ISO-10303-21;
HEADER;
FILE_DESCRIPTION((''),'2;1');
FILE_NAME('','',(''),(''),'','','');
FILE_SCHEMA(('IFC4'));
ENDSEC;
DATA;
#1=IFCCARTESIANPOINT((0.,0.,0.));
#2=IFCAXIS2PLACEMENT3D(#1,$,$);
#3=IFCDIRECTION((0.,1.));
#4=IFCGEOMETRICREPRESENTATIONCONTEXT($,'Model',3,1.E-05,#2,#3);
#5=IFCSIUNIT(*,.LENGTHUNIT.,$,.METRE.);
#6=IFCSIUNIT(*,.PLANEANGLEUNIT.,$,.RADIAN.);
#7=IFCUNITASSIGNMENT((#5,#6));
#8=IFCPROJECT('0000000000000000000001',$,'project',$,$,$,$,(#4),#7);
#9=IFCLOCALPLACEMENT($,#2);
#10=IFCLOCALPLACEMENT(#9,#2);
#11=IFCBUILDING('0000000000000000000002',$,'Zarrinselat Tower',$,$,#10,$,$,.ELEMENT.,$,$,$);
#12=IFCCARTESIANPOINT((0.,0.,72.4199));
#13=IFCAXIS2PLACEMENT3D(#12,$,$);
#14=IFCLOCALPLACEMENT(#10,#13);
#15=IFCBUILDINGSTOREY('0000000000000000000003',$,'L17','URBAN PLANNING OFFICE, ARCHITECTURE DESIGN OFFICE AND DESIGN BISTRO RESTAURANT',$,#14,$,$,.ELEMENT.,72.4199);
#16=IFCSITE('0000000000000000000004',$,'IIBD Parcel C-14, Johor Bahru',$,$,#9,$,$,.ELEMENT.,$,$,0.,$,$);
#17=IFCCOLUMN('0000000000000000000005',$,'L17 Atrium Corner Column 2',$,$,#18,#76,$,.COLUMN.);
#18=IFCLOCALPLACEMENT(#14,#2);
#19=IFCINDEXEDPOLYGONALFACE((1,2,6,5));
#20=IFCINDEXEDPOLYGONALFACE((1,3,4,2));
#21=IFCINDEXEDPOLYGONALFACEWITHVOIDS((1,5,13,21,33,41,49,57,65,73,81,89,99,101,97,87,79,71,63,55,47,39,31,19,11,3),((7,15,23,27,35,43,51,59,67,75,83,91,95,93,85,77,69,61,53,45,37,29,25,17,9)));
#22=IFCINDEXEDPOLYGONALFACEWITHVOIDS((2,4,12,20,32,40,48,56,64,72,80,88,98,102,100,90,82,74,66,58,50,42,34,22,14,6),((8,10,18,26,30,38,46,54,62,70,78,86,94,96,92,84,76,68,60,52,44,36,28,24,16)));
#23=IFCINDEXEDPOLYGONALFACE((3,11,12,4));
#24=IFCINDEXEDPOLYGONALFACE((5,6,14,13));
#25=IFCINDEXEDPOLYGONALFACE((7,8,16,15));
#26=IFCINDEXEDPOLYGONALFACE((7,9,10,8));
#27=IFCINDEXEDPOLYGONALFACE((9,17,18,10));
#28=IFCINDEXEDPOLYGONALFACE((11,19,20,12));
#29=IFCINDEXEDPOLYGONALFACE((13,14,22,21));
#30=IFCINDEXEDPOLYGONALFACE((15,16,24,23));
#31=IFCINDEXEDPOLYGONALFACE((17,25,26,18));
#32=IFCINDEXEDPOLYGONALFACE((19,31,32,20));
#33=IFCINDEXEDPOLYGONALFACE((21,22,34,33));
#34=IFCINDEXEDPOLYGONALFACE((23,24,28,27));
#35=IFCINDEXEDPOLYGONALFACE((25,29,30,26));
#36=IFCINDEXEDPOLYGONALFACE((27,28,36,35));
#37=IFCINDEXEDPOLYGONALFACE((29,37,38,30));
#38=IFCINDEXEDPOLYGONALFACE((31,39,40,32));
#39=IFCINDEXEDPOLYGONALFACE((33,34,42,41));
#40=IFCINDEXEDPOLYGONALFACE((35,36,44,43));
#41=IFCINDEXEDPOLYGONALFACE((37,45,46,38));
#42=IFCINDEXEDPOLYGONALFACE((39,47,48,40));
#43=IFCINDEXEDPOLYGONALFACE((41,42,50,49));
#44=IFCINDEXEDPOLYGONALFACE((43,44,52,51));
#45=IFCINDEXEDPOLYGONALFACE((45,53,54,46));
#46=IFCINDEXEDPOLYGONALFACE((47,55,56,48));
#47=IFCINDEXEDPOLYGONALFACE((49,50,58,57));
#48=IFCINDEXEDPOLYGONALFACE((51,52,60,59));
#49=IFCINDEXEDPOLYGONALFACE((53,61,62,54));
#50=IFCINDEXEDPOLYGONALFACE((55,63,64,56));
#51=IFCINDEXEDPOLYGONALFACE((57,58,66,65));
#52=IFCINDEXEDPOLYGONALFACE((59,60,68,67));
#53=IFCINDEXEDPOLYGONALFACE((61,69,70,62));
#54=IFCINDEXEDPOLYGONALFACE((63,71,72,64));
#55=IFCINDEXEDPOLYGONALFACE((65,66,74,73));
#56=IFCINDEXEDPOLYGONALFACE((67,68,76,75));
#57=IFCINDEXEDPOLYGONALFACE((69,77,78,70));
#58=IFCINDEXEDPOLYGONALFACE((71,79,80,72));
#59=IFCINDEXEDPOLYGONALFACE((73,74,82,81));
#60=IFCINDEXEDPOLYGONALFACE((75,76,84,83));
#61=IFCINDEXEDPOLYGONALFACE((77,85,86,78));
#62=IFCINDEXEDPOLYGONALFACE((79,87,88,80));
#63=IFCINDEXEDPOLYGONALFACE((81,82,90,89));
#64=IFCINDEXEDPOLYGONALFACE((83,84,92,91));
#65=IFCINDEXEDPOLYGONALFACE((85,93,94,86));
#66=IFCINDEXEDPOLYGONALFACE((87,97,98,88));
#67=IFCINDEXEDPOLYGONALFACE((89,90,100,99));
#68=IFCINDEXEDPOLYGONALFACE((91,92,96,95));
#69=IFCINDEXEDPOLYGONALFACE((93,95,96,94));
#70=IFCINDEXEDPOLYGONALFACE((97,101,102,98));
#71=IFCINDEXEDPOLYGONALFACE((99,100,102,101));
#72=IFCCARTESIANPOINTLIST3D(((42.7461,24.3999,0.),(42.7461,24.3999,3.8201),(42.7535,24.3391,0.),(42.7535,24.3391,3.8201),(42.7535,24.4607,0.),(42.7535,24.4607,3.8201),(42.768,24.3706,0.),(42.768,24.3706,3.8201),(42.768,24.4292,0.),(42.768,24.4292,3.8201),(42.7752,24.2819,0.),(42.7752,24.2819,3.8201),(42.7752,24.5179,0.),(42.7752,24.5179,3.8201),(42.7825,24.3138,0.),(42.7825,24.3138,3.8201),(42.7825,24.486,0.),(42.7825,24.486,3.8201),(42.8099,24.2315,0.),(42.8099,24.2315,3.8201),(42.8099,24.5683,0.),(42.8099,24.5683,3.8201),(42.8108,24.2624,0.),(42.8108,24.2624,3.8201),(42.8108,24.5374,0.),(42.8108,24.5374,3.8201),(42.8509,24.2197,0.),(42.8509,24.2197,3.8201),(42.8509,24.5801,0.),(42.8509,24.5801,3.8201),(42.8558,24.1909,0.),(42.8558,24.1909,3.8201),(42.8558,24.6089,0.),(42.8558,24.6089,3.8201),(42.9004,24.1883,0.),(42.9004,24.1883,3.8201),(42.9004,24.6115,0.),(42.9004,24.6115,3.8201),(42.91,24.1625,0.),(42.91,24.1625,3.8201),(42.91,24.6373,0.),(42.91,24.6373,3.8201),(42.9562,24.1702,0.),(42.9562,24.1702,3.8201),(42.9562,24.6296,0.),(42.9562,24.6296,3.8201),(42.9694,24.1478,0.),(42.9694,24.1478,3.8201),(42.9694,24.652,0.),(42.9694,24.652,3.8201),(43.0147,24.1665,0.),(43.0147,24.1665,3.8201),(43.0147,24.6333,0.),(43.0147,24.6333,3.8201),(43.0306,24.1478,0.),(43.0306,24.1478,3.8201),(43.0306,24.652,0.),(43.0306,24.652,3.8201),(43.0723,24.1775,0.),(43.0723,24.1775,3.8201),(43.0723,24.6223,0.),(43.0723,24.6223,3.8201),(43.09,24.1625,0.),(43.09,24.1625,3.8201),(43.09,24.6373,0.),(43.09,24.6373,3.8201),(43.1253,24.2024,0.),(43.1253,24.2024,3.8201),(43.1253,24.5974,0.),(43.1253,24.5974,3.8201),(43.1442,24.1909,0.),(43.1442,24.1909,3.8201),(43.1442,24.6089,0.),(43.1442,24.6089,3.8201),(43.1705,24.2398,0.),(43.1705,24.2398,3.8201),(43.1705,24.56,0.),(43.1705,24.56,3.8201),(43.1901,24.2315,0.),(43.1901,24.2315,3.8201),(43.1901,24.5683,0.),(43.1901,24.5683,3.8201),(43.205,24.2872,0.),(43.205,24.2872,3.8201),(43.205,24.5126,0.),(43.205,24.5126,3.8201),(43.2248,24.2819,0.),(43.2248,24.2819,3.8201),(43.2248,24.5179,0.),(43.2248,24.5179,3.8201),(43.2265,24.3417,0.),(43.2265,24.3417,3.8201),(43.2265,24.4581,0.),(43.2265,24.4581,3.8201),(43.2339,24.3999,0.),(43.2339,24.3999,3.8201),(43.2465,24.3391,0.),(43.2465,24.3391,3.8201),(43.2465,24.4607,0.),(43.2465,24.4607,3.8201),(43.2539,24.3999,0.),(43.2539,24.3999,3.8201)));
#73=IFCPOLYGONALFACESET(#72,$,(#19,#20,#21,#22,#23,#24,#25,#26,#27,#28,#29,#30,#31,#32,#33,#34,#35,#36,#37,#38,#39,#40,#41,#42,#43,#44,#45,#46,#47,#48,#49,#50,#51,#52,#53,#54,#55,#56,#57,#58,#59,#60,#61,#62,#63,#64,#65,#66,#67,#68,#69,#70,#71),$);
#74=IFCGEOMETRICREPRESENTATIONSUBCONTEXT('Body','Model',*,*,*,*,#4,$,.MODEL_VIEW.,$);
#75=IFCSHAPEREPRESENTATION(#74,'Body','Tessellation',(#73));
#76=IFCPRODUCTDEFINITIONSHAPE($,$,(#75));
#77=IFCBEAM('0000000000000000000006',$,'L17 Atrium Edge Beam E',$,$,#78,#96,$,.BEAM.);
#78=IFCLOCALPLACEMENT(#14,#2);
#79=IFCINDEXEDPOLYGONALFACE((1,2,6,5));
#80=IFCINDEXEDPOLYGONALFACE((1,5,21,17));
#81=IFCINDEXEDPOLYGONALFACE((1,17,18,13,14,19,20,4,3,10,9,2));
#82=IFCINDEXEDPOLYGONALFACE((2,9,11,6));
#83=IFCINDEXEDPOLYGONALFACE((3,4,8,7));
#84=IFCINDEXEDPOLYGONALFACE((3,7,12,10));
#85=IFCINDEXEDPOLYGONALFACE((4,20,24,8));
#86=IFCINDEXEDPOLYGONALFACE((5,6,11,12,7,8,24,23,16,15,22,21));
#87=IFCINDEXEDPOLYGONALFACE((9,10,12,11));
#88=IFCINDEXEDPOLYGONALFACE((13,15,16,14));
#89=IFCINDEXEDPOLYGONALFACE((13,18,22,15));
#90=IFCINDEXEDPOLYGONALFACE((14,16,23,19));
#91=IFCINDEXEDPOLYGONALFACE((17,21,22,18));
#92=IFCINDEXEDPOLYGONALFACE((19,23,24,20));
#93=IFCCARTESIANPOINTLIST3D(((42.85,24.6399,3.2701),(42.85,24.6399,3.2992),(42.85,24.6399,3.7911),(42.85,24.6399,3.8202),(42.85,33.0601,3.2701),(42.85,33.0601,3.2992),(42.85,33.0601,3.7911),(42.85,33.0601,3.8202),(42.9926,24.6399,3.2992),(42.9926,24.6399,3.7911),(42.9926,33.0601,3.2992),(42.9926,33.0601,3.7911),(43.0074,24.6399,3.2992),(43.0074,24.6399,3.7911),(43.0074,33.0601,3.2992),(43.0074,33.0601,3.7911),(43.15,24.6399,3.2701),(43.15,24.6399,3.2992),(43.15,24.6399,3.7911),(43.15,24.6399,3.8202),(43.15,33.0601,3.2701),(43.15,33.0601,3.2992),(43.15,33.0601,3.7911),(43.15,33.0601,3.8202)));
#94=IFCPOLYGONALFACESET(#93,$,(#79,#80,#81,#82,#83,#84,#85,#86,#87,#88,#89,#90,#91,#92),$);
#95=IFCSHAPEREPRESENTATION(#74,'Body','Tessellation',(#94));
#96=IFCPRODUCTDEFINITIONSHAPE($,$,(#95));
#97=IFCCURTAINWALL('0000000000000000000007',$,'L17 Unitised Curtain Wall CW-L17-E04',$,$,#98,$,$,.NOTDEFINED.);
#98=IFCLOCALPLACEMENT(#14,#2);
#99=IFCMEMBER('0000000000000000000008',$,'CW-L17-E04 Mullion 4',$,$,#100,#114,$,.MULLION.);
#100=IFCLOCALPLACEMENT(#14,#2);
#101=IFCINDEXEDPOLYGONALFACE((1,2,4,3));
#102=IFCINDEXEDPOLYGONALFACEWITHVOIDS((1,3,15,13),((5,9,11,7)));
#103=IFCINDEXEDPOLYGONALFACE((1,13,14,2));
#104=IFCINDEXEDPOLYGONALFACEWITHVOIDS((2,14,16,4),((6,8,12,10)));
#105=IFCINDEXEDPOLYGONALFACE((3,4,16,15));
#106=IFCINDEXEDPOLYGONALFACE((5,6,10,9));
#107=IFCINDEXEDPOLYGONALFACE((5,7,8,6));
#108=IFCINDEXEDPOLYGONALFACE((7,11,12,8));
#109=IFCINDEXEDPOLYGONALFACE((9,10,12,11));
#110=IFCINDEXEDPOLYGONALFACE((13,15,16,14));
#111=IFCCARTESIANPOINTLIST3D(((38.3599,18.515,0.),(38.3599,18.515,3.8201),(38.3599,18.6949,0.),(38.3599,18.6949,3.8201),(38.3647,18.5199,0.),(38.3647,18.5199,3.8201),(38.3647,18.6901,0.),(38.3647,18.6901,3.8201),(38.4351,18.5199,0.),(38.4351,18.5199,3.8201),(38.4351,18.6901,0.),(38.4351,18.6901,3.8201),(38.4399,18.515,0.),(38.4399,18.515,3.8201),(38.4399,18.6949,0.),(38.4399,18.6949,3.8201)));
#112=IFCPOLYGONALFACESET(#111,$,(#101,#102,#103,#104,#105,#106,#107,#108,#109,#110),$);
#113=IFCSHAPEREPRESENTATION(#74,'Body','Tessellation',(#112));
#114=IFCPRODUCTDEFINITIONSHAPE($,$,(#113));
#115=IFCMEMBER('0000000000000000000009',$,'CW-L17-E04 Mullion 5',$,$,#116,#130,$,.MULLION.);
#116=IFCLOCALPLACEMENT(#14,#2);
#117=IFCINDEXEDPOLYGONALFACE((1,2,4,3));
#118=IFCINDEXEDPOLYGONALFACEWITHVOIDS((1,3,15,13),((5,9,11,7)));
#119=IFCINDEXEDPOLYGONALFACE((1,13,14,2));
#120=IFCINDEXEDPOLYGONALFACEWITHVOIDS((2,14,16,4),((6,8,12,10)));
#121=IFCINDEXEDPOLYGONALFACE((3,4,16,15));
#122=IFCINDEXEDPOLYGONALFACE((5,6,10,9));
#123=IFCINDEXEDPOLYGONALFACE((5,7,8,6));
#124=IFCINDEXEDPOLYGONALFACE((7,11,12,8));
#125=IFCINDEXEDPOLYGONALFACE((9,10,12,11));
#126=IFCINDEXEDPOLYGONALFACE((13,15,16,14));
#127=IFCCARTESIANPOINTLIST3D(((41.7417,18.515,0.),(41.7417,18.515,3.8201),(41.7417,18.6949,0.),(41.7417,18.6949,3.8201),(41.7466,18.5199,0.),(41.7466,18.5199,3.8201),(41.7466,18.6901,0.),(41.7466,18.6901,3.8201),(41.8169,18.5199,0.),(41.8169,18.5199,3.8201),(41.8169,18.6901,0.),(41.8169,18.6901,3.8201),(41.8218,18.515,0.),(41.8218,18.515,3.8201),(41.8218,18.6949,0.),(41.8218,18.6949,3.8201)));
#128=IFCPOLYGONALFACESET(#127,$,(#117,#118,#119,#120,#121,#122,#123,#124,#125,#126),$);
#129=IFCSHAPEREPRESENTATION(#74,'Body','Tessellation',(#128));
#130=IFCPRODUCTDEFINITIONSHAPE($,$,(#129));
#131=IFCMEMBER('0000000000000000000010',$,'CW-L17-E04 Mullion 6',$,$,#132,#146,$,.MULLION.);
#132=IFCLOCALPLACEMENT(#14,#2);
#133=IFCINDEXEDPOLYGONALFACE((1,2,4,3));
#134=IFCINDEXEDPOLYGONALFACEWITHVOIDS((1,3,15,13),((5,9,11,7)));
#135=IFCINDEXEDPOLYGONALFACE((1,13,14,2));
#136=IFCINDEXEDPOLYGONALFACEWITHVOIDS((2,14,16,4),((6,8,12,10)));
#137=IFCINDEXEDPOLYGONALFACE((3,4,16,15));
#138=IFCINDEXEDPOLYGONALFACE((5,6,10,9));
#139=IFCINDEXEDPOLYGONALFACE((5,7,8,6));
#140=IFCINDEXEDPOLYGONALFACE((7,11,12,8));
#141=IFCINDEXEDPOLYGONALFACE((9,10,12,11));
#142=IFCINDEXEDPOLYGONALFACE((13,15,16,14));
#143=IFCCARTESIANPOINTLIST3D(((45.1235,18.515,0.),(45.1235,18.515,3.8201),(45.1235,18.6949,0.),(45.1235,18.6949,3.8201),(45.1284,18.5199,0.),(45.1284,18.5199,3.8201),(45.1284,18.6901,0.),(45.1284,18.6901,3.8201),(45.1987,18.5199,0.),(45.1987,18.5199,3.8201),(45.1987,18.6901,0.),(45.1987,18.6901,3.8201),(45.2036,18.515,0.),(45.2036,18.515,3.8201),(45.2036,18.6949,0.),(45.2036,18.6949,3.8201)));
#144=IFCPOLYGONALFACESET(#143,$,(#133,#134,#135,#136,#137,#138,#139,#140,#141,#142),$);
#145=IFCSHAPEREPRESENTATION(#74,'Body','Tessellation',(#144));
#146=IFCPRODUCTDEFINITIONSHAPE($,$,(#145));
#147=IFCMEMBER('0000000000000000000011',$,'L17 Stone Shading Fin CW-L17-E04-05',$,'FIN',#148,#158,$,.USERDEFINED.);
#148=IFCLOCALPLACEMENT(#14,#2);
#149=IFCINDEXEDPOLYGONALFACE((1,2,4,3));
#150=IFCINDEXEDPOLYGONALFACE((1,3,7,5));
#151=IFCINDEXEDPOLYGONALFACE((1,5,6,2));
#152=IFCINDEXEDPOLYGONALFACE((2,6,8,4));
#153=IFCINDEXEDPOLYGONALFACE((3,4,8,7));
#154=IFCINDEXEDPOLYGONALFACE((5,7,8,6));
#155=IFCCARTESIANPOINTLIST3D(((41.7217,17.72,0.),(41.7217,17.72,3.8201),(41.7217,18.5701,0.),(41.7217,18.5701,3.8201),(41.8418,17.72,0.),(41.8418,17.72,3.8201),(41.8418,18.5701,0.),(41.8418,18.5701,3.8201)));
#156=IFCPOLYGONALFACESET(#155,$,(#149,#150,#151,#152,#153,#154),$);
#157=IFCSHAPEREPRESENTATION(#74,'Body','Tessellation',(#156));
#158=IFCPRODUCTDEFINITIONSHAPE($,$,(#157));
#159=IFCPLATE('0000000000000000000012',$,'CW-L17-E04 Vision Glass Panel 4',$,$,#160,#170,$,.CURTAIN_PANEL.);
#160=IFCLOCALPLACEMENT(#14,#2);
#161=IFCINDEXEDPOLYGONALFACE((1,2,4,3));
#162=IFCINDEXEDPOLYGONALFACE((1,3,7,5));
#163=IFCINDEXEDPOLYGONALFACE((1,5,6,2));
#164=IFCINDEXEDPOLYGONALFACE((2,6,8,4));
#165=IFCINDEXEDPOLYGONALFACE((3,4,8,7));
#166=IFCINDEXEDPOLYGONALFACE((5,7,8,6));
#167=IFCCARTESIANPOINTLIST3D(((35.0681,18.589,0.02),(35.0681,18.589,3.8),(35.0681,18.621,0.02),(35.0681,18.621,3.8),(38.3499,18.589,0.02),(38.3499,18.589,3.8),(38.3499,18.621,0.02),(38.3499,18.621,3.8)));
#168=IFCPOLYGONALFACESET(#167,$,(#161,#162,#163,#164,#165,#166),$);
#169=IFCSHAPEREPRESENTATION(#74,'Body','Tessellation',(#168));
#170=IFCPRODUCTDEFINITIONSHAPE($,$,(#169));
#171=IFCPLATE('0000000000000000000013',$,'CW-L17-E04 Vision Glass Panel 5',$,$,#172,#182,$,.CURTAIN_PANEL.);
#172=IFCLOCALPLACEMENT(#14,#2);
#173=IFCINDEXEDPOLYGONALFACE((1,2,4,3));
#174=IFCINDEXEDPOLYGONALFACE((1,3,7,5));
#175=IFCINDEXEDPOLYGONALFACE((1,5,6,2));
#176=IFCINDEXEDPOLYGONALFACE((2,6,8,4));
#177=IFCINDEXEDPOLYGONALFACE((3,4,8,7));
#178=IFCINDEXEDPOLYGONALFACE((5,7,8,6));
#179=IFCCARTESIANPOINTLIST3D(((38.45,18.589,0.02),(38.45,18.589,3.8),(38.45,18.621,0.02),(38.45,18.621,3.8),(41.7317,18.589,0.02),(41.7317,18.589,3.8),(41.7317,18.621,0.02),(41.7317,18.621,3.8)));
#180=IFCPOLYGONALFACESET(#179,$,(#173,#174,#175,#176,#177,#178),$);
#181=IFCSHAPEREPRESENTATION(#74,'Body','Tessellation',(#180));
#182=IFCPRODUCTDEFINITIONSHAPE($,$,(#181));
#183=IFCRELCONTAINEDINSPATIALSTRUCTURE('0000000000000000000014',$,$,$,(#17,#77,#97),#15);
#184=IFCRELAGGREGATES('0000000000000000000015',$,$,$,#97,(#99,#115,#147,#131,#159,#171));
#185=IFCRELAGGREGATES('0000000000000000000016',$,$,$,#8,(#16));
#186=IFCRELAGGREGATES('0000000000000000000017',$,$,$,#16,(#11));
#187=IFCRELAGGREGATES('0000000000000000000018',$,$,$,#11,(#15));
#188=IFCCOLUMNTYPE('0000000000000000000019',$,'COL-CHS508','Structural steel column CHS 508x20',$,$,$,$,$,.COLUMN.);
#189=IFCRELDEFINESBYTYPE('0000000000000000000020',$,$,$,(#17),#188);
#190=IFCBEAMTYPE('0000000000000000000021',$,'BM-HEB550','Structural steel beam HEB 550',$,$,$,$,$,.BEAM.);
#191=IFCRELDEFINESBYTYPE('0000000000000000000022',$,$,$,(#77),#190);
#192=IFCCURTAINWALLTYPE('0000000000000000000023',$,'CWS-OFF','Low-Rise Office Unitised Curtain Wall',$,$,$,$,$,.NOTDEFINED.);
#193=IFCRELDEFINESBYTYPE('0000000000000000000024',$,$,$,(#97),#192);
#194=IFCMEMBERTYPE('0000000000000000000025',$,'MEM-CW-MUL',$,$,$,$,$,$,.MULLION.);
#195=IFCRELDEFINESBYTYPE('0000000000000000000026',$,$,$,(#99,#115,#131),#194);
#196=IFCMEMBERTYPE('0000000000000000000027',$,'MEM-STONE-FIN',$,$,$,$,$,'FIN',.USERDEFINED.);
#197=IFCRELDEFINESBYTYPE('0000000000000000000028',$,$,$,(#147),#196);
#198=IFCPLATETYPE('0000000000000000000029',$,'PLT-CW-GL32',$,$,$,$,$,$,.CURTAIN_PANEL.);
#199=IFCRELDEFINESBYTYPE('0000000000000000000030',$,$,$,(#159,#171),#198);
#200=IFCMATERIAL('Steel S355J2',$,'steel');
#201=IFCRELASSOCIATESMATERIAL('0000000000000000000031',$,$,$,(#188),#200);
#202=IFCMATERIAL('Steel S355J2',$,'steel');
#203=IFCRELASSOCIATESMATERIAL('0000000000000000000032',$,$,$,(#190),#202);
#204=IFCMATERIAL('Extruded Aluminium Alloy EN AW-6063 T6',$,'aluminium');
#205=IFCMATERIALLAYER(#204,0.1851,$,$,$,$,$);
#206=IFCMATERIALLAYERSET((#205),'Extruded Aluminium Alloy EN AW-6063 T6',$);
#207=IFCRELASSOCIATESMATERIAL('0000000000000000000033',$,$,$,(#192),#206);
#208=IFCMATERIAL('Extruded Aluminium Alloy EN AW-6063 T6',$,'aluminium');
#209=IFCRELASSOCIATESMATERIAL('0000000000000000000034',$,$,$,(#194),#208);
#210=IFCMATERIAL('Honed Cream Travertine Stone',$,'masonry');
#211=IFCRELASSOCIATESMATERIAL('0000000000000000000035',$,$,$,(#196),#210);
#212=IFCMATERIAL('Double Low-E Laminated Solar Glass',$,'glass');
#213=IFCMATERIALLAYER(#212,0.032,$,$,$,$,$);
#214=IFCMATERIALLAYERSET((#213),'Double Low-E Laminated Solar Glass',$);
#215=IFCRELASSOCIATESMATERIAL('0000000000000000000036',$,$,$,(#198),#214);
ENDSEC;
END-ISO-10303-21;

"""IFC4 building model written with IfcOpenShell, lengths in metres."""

from ifc_helpers import new_model, si_unit, direction, frame, origin, origin_2d, place, context, subcontext, project, spatial, rectangle, hollow_rectangle, hollow_circle, i_section, extrude, material, layer, layer_set, material_profile, profile_set, type_object, element, aggregate, save


model = new_model("IFC4")

# Units and contexts
model_context = context("Model", 3, precision=1e-05, world=origin(), true_north=direction((0.0, 1.0)))
body_context = subcontext(model_context, "Body", "Model", "MODEL_VIEW")
ifc_project = project(units=[si_unit("LENGTHUNIT", "METRE"), si_unit("PLANEANGLEUNIT", "RADIAN")], contexts=[model_context])

# Site, building, storey
site_placement = place(None, origin())
site = spatial("IfcSite", under=ifc_project, at=site_placement, Name="IIBD Parcel C-14, Johor Bahru", CompositionType="ELEMENT", RefElevation=0.0)
building_placement = place(site_placement, origin())
building = spatial("IfcBuilding", under=site, at=building_placement, Name="Zarrinselat Tower", CompositionType="ELEMENT")
storey_placement = place(building_placement, frame((0.0, 0.0, 72.4199)))
storey = spatial("IfcBuildingStorey", under=building, at=storey_placement, Name="L17", Description="URBAN PLANNING OFFICE, ARCHITECTURE DESIGN OFFICE AND DESIGN BISTRO RESTAURANT", CompositionType="ELEMENT", Elevation=72.4199)

# Column
ifc_material_1 = material(Name="Steel S355J2", Category="steel")
ifc_material_profile_1 = material_profile(ifc_material_1, hollow_circle(Radius=0.2539, WallThickness=0.02, at=origin_2d()), Name="CHS 508x20")
ifc_profile_set_1 = profile_set([ifc_material_profile_1], Name="Steel S355J2")
column_type = type_object("IfcColumnType", Name="COL-CHS508", Description="Structural steel column CHS 508x20", PredefinedType="COLUMN", material=ifc_profile_set_1)
column_placement = place(storey_placement, frame((43.0, 24.3999, 0.0), z_axis=(0.0, 0.0, 1.0), x_axis=(1.0, 0.0, 0.0)))
element("IfcColumn", 1, at=column_placement, inside=storey, type_object=column_type, Name="L17 Atrium Corner Column 2", PredefinedType="COLUMN", context=body_context, shape_type="SweptSolid", body=[
    extrude(hollow_circle(Radius=0.2539, WallThickness=0.02, at=origin_2d()), origin(), (0.0, 0.0, 1.0), 3.8201),
])

# Beam
ifc_material_2 = material(Name="Steel S355J2", Category="steel")
ifc_material_profile_2 = material_profile(ifc_material_2, i_section(OverallWidth=0.3, OverallDepth=0.55, WebThickness=0.0149, FlangeThickness=0.0291, at=origin_2d()), Name="HEB 550")
ifc_profile_set_2 = profile_set([ifc_material_profile_2], Name="Steel S355J2")
beam_type = type_object("IfcBeamType", Name="BM-HEB550", Description="Structural steel beam HEB 550", PredefinedType="BEAM", material=ifc_profile_set_2)
beam_placement = place(storey_placement, frame((43.0, 24.6399, 3.5452), z_axis=(0.0, 1.0, 0.0), x_axis=(-1.0, 0.0, 0.0)))
element("IfcBeam", 2, at=beam_placement, inside=storey, type_object=beam_type, Name="L17 Atrium Edge Beam E", PredefinedType="BEAM", context=body_context, shape_type="SweptSolid", body=[
    extrude(i_section(OverallWidth=0.3, OverallDepth=0.55, WebThickness=0.0149, FlangeThickness=0.0291, at=origin_2d()), origin(), (0.0, 0.0, 1.0), 8.4202),
])

# Curtain wall, members, plates
ifc_material_3 = material(Name="Extruded Aluminium Alloy EN AW-6063 T6", Category="aluminium")
ifc_layer_1 = layer(ifc_material_3, 0.1851)
ifc_layer_set_1 = layer_set([ifc_layer_1], Name="Extruded Aluminium Alloy EN AW-6063 T6")
curtain_wall_type = type_object("IfcCurtainWallType", Name="CWS-OFF", Description="Low-Rise Office Unitised Curtain Wall", PredefinedType="NOTDEFINED", material=ifc_layer_set_1)
curtain_wall_placement = place(storey_placement, origin())
curtain_wall = element("IfcCurtainWall", 3, at=curtain_wall_placement, inside=storey, type_object=curtain_wall_type, Name="L17 Unitised Curtain Wall CW-L17-E04", PredefinedType="NOTDEFINED")
ifc_material_4 = material(Name="Extruded Aluminium Alloy EN AW-6063 T6", Category="aluminium")
ifc_material_profile_3 = material_profile(ifc_material_4, hollow_rectangle(XDim=0.0801, YDim=0.1799, WallThickness=0.0049, at=origin_2d()), Name="RHS 180x80x5")
ifc_profile_set_3 = profile_set([ifc_material_profile_3], Name="Extruded Aluminium Alloy EN AW-6063 T6")
member_type_1 = type_object("IfcMemberType", Name="MEM-CW-MUL", PredefinedType="MULLION", material=ifc_profile_set_3)
member_1_placement = place(storey_placement, frame((38.3999, 18.605, 0.0), z_axis=(0.0, 0.0, 1.0), x_axis=(1.0, 0.0, 0.0)))
member_1 = element("IfcMember", 4, at=member_1_placement, type_object=member_type_1, Name="CW-L17-E04 Mullion 4", PredefinedType="MULLION", context=body_context, shape_type="SweptSolid", body=[
    extrude(hollow_rectangle(XDim=0.0801, YDim=0.1799, WallThickness=0.0049, at=origin_2d()), origin(), (0.0, 0.0, 1.0), 3.8201),
])
member_2_placement = place(storey_placement, frame((41.7817, 18.605, 0.0), z_axis=(0.0, 0.0, 1.0), x_axis=(1.0, 0.0, 0.0)))
member_2 = element("IfcMember", 5, at=member_2_placement, type_object=member_type_1, Name="CW-L17-E04 Mullion 5", PredefinedType="MULLION", context=body_context, shape_type="SweptSolid", body=[
    extrude(hollow_rectangle(XDim=0.0801, YDim=0.1799, WallThickness=0.0049, at=origin_2d()), origin(), (0.0, 0.0, 1.0), 3.8201),
])
member_3_placement = place(storey_placement, frame((45.1636, 18.605, 0.0), z_axis=(0.0, 0.0, 1.0), x_axis=(1.0, 0.0, 0.0)))
member_3 = element("IfcMember", 6, at=member_3_placement, type_object=member_type_1, Name="CW-L17-E04 Mullion 6", PredefinedType="MULLION", context=body_context, shape_type="SweptSolid", body=[
    extrude(hollow_rectangle(XDim=0.0801, YDim=0.1799, WallThickness=0.0049, at=origin_2d()), origin(), (0.0, 0.0, 1.0), 3.8201),
])
ifc_material_5 = material(Name="Honed Cream Travertine Stone", Category="masonry")
ifc_material_profile_4 = material_profile(ifc_material_5, rectangle(XDim=0.1201, YDim=0.8501, at=origin_2d()), Name="FIN 850x120")
ifc_profile_set_4 = profile_set([ifc_material_profile_4], Name="Honed Cream Travertine Stone")
member_type_2 = type_object("IfcMemberType", Name="MEM-STONE-FIN", ElementType="FIN", PredefinedType="USERDEFINED", material=ifc_profile_set_4)
member_4_placement = place(storey_placement, frame((41.7817, 18.145, 0.0), z_axis=(0.0, 0.0, 1.0), x_axis=(-1.0, 0.0, 0.0)))
member_4 = element("IfcMember", 7, at=member_4_placement, type_object=member_type_2, Name="L17 Stone Shading Fin CW-L17-E04-05", ObjectType="FIN", PredefinedType="USERDEFINED", context=body_context, shape_type="SweptSolid", body=[
    extrude(rectangle(XDim=0.1201, YDim=0.8501, at=origin_2d()), origin(), (0.0, 0.0, 1.0), 3.8201),
])
ifc_material_6 = material(Name="Double Low-E Laminated Solar Glass", Category="glass")
ifc_layer_2 = layer(ifc_material_6, 0.032)
ifc_layer_set_2 = layer_set([ifc_layer_2], Name="Double Low-E Laminated Solar Glass")
plate_type = type_object("IfcPlateType", Name="PLT-CW-GL32", PredefinedType="CURTAIN_PANEL", material=ifc_layer_set_2)
plate_1_placement = place(storey_placement, frame((36.709, 18.605, 0.02), z_axis=(0.0, 0.0, 1.0), x_axis=(1.0, 0.0, 0.0)))
plate_1 = element("IfcPlate", 8, at=plate_1_placement, type_object=plate_type, Name="CW-L17-E04 Vision Glass Panel 4", PredefinedType="CURTAIN_PANEL", context=body_context, shape_type="SweptSolid", body=[
    extrude(rectangle(XDim=3.2817, YDim=0.032, at=origin_2d()), origin(), (0.0, 0.0, 1.0), 3.78),
])
plate_2_placement = place(storey_placement, frame((40.0908, 18.605, 0.02), z_axis=(0.0, 0.0, 1.0), x_axis=(1.0, 0.0, 0.0)))
plate_2 = element("IfcPlate", 9, at=plate_2_placement, type_object=plate_type, Name="CW-L17-E04 Vision Glass Panel 5", PredefinedType="CURTAIN_PANEL", context=body_context, shape_type="SweptSolid", body=[
    extrude(rectangle(XDim=3.2817, YDim=0.032, at=origin_2d()), origin(), (0.0, 0.0, 1.0), 3.78),
])
aggregate(curtain_wall, [member_1, member_2, member_4, member_3, plate_1, plate_2])

save(model, "model.ifc")
